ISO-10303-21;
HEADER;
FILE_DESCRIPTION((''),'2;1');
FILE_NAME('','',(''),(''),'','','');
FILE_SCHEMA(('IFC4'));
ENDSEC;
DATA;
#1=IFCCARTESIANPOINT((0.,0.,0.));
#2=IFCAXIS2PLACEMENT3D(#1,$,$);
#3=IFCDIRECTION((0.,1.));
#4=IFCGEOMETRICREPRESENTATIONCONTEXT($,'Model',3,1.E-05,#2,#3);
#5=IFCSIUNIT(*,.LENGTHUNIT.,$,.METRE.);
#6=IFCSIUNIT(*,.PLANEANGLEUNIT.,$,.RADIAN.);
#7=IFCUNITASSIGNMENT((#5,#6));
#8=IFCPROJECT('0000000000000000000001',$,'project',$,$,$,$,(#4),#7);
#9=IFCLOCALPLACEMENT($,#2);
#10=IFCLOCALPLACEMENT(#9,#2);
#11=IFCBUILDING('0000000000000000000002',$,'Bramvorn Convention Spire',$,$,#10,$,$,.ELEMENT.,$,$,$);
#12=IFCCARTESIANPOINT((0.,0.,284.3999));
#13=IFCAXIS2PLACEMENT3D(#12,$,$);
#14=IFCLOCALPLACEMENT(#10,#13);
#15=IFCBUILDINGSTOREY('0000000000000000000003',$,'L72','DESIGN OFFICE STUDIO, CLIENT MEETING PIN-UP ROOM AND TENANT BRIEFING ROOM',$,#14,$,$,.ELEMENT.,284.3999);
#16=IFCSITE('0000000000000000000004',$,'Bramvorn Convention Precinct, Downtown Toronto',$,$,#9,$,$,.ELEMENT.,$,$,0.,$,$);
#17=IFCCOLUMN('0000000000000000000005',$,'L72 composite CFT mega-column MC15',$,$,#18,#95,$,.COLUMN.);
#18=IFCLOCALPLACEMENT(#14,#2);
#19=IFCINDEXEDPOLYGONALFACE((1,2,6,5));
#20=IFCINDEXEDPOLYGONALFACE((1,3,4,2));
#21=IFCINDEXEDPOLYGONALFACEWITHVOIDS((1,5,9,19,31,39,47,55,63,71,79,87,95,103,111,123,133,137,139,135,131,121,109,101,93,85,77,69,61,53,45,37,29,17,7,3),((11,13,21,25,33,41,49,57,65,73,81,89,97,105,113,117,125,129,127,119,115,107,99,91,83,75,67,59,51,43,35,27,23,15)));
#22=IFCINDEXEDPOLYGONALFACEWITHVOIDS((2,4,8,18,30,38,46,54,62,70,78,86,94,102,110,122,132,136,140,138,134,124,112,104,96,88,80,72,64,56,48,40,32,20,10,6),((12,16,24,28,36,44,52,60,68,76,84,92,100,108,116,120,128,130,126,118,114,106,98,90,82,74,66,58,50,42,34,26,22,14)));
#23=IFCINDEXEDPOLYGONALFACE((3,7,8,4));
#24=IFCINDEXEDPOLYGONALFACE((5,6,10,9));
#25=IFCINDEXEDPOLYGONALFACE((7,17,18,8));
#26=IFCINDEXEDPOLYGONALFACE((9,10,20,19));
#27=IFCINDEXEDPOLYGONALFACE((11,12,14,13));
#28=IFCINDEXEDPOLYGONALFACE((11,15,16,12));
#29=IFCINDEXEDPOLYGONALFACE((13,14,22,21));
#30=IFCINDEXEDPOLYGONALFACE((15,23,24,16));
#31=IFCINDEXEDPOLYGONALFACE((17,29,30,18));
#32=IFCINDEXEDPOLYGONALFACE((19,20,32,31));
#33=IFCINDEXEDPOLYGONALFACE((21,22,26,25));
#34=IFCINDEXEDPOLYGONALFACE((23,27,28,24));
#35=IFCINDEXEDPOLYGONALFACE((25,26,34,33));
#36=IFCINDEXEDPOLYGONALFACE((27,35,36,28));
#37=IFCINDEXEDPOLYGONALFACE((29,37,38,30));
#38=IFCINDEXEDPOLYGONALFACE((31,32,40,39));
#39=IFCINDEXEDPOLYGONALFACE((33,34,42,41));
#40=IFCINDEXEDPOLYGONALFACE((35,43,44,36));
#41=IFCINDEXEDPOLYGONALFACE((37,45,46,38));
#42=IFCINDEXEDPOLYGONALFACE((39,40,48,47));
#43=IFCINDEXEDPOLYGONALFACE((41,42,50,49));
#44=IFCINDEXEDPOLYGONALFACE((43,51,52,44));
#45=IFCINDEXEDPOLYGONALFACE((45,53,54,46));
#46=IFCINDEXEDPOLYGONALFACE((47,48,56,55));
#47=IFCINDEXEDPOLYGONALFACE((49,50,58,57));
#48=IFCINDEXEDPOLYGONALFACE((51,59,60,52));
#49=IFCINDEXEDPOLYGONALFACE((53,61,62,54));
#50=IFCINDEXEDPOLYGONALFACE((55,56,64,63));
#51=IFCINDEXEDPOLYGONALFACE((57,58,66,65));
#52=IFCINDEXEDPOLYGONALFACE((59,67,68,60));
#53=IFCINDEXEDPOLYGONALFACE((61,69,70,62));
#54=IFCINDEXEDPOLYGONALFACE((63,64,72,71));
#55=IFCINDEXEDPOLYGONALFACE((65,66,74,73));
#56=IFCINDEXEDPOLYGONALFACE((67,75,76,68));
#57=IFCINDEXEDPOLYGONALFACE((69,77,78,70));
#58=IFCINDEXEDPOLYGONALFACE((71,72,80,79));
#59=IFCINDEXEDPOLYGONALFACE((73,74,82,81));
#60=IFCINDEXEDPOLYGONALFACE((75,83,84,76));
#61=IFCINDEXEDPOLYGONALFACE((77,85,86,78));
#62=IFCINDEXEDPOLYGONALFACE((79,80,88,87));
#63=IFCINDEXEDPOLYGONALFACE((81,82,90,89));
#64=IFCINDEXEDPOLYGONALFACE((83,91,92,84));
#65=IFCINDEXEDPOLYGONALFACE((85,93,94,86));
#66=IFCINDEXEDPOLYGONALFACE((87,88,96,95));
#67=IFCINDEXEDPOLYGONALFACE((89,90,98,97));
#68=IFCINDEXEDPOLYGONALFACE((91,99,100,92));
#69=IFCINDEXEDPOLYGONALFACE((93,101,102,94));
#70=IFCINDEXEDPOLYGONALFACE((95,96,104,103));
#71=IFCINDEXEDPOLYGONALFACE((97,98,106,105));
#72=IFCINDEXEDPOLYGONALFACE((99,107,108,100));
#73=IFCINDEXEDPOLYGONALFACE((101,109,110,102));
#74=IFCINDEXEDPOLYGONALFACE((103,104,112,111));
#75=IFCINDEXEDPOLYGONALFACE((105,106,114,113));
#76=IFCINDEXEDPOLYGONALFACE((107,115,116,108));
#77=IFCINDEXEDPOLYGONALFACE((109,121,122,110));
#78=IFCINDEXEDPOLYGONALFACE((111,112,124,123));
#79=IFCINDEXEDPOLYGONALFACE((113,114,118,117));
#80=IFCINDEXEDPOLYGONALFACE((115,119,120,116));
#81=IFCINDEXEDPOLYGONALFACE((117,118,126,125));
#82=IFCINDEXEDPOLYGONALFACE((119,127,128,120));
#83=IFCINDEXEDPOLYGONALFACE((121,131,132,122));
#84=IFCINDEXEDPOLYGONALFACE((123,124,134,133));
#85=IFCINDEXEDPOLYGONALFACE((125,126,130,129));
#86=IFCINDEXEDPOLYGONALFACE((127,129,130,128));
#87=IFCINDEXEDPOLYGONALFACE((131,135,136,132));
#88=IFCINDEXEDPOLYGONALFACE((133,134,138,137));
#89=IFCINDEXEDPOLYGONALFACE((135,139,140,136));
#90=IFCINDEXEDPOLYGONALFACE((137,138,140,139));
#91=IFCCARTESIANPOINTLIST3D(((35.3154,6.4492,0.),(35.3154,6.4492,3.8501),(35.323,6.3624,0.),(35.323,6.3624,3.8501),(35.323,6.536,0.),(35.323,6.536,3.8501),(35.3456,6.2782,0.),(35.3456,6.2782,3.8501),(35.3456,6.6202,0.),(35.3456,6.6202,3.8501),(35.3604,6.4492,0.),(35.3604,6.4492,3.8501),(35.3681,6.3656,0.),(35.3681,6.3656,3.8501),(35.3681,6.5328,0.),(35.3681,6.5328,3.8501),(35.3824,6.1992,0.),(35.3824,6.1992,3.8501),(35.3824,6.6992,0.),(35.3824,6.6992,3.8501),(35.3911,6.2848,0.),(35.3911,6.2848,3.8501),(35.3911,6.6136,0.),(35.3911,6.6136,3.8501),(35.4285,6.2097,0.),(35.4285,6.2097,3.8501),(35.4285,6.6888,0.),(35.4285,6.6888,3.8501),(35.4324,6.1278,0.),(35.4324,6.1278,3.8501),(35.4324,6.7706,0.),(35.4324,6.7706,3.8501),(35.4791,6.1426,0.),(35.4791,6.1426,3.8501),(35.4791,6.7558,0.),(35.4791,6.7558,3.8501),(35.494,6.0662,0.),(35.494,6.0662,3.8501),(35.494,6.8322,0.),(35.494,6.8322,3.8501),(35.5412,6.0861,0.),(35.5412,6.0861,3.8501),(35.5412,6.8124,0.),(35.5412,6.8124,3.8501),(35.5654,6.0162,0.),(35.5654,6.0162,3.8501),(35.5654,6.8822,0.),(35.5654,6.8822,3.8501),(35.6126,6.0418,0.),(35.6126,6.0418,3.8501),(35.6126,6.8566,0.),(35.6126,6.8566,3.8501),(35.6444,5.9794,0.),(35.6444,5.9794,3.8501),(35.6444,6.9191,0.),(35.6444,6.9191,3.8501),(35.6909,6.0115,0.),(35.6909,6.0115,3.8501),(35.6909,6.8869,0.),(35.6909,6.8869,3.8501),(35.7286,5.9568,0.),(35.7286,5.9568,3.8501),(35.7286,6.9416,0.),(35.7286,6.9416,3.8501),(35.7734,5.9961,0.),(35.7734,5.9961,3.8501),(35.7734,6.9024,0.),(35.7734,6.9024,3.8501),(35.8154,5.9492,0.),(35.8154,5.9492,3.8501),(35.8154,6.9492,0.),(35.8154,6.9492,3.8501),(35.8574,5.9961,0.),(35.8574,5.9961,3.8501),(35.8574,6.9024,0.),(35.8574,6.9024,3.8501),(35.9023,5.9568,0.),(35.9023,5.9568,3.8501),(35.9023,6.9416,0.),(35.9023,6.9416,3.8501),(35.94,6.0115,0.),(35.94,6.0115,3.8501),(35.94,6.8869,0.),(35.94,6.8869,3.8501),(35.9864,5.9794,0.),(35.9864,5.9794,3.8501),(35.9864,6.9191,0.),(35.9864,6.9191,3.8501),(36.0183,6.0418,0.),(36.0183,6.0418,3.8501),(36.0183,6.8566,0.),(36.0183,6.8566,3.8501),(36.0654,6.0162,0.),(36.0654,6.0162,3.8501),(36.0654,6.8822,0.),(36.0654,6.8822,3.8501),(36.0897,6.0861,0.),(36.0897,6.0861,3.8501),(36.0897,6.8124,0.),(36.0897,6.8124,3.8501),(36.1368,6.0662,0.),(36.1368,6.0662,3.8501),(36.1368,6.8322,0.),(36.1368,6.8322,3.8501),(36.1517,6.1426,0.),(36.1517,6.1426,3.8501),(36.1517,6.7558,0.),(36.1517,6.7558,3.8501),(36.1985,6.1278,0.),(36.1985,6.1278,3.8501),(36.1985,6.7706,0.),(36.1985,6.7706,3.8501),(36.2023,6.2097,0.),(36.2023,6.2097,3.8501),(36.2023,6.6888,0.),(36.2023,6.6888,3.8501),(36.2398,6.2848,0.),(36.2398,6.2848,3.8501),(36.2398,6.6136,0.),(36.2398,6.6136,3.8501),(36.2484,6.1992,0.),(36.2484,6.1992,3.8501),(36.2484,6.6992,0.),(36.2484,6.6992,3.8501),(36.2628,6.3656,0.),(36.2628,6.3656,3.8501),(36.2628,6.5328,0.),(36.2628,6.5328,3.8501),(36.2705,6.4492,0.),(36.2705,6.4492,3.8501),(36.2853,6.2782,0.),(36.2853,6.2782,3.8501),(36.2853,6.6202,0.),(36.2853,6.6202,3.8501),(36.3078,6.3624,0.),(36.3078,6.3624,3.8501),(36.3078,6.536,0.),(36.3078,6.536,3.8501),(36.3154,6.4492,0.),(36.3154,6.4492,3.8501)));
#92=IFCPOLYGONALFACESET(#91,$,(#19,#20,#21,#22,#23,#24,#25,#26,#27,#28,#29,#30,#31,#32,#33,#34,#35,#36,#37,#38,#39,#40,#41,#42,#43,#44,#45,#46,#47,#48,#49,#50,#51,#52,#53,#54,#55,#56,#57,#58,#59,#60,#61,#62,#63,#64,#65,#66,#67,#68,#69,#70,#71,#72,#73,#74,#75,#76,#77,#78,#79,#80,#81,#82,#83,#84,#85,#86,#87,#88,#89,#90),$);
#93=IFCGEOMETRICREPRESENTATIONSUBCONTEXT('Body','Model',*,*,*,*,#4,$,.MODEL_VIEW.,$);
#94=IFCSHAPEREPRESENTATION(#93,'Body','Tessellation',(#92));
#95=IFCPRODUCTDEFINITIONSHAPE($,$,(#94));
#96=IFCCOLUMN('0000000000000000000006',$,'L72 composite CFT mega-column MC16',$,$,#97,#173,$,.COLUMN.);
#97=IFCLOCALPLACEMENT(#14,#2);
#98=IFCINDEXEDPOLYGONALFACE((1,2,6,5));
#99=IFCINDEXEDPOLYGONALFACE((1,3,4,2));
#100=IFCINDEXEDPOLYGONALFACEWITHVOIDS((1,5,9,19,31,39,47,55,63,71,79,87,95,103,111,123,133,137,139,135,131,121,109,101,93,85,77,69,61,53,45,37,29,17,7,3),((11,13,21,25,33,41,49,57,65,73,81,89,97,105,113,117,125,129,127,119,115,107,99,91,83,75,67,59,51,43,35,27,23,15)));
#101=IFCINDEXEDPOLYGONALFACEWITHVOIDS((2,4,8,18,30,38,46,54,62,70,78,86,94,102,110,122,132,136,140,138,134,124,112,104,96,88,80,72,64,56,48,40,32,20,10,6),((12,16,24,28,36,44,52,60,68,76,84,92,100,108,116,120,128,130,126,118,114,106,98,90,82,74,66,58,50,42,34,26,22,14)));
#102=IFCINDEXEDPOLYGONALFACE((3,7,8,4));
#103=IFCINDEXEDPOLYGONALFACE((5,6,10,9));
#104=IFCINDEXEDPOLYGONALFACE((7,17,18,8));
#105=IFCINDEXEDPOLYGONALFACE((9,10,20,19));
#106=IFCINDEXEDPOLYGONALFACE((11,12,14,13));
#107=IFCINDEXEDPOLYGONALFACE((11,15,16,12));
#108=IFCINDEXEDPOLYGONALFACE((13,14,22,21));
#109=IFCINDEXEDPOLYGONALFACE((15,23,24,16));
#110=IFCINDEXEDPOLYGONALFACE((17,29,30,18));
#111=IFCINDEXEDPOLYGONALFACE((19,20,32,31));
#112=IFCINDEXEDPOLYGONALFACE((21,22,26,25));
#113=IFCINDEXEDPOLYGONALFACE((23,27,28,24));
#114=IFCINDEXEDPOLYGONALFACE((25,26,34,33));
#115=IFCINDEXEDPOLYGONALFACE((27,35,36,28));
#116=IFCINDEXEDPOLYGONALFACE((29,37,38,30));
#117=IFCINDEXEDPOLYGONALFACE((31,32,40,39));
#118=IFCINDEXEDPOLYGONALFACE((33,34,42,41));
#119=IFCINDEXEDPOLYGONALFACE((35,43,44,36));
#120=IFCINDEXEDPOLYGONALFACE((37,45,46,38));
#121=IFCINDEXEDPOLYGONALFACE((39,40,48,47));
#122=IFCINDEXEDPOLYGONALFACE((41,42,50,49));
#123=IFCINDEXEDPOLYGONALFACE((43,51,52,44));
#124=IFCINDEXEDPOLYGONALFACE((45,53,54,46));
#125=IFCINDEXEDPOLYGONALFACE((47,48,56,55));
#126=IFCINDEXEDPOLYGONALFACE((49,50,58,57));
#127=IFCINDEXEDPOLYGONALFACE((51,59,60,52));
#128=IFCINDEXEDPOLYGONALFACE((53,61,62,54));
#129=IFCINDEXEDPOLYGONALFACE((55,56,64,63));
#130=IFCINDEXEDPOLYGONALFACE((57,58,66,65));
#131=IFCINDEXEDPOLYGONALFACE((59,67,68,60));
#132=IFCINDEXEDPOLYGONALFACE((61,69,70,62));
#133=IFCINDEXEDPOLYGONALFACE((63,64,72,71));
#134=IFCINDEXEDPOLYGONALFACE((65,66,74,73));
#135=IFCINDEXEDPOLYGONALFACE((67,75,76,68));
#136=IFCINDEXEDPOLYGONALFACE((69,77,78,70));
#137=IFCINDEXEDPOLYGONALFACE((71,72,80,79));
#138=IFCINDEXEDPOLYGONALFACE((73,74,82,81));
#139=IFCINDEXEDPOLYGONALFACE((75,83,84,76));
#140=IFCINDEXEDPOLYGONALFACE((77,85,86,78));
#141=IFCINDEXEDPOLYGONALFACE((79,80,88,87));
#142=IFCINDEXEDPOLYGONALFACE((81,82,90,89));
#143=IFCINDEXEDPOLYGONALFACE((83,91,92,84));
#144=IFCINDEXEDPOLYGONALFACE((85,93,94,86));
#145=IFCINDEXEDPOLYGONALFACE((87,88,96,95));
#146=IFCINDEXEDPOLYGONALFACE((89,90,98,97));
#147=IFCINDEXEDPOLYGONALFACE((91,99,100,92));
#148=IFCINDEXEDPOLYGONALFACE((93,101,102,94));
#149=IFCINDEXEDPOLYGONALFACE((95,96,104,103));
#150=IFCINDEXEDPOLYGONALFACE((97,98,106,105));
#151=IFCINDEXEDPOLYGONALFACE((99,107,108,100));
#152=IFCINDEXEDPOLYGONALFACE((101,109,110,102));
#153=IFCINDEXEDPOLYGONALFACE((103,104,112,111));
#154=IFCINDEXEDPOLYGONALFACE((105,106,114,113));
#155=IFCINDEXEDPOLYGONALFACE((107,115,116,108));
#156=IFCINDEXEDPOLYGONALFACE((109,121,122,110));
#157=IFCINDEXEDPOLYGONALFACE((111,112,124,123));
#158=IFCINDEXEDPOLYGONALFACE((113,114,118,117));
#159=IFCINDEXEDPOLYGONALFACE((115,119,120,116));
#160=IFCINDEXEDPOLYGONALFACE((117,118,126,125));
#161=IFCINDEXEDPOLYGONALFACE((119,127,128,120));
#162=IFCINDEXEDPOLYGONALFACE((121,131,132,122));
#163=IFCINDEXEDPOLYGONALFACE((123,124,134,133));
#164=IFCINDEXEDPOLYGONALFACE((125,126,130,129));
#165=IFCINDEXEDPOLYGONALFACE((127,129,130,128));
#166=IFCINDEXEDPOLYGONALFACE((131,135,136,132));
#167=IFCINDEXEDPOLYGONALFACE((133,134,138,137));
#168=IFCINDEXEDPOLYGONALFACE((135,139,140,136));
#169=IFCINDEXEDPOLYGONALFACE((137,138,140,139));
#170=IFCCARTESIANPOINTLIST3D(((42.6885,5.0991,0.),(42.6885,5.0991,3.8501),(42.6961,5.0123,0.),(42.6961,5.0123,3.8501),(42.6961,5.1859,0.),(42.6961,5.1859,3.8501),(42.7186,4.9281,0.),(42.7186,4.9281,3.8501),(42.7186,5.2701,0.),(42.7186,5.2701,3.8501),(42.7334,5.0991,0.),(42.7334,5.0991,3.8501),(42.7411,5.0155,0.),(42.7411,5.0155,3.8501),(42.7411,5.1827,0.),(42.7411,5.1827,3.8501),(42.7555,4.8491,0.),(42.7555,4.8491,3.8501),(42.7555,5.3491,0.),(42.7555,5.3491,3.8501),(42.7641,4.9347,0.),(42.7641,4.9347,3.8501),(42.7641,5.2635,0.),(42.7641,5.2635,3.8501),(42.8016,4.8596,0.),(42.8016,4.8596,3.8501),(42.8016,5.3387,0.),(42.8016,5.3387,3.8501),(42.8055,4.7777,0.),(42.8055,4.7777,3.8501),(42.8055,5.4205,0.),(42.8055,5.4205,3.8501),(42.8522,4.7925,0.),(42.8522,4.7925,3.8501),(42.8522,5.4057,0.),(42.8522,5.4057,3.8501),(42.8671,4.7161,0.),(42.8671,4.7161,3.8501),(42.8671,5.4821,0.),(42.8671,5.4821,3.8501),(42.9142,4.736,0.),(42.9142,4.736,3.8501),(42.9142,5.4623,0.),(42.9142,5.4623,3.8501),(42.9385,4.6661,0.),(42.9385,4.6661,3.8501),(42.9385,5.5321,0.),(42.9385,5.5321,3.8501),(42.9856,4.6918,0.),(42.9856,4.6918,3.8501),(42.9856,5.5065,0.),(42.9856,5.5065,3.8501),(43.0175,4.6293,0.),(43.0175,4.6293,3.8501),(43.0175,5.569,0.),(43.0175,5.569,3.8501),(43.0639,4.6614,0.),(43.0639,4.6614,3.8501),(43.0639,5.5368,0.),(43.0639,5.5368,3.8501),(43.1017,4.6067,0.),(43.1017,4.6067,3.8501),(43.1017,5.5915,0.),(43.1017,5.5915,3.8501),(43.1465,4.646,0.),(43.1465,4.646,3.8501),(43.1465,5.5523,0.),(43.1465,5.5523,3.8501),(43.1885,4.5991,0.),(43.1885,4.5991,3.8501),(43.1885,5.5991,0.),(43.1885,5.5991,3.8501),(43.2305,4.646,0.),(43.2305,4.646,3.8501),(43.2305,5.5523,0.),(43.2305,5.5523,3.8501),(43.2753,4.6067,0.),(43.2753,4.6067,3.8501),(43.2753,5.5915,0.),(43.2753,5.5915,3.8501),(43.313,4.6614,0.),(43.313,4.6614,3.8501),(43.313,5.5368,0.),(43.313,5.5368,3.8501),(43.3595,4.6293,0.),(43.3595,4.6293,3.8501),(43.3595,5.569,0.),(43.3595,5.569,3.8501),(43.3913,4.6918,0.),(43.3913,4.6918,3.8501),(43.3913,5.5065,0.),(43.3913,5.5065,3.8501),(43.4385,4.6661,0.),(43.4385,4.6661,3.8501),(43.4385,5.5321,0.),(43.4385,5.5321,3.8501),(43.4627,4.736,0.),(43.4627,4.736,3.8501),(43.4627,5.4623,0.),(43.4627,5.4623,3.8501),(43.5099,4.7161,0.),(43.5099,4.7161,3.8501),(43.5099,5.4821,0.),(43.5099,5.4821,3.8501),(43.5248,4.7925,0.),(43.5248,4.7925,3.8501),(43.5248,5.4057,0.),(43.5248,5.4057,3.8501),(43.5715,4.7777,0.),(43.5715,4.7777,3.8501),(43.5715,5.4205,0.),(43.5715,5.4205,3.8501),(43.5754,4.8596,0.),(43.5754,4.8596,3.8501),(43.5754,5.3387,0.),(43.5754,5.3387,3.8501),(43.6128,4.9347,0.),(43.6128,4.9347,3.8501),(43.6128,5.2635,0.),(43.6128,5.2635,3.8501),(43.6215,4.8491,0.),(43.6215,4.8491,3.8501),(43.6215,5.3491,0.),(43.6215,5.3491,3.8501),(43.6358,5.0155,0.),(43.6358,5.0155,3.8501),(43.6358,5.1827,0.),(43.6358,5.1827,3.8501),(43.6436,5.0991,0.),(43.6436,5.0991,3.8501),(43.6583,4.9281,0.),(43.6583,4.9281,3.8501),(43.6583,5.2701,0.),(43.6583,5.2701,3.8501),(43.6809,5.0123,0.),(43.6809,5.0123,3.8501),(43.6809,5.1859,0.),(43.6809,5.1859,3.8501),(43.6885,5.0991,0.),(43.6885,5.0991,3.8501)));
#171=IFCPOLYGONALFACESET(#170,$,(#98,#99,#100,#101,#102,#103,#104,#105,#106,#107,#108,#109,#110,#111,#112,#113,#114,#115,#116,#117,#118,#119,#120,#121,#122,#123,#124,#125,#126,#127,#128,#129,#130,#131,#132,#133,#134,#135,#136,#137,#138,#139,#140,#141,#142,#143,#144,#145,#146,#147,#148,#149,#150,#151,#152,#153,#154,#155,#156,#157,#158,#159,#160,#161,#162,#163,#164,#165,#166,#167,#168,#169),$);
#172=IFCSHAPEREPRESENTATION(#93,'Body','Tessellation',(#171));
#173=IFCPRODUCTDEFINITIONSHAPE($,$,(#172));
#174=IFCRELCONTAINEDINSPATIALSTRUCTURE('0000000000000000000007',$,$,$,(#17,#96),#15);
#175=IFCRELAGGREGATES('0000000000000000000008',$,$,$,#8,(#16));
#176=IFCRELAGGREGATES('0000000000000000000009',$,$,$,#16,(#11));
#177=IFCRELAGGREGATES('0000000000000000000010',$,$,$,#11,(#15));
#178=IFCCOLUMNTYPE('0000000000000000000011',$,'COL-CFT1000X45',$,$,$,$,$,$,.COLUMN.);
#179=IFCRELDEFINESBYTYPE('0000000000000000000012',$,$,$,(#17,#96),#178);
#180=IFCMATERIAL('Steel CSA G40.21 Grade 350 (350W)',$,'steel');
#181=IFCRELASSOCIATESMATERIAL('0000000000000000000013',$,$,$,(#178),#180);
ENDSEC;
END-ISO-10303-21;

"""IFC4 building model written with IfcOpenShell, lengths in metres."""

from ifc_helpers import new_model, si_unit, direction, frame, origin, origin_2d, place, context, subcontext, project, spatial, hollow_circle, extrude, material, material_profile, profile_set, type_object, element, save


model = new_model("IFC4")

# Units and contexts
model_context = context("Model", 3, precision=1e-05, world=origin(), true_north=direction((0.0, 1.0)))
body_context = subcontext(model_context, "Body", "Model", "MODEL_VIEW")
ifc_project = project(units=[si_unit("LENGTHUNIT", "METRE"), si_unit("PLANEANGLEUNIT", "RADIAN")], contexts=[model_context])

# Site, building, storey
site_placement = place(None, origin())
site = spatial("IfcSite", under=ifc_project, at=site_placement, Name="Bramvorn Convention Precinct, Downtown Toronto", CompositionType="ELEMENT", RefElevation=0.0)
building_placement = place(site_placement, origin())
building = spatial("IfcBuilding", under=site, at=building_placement, Name="Bramvorn Convention Spire", CompositionType="ELEMENT")
storey_placement = place(building_placement, frame((0.0, 0.0, 284.3999)))
storey = spatial("IfcBuildingStorey", under=building, at=storey_placement, Name="L72", Description="DESIGN OFFICE STUDIO, CLIENT MEETING PIN-UP ROOM AND TENANT BRIEFING ROOM", CompositionType="ELEMENT", Elevation=284.3999)

# Columns
ifc_material_1 = material(Name="Steel CSA G40.21 Grade 350 (350W)", Category="steel")
ifc_material_profile_1 = material_profile(ifc_material_1, hollow_circle(Radius=0.5, WallThickness=0.0449, at=origin_2d()))
ifc_profile_set_1 = profile_set([ifc_material_profile_1], Name="Steel CSA G40.21 Grade 350 (350W) - CFT1000X45")
column_type = type_object("IfcColumnType", Name="COL-CFT1000X45", PredefinedType="COLUMN", material=ifc_profile_set_1)
for number, where, z_axis, x_axis, name in (
    (1, (35.8154, 6.4492, 0.0), (0.0, 0.0, 1.0), (1.0, 0.0, 0.0), "L72 composite CFT mega-column MC15"),
    (2, (43.1885, 5.0991, 0.0), (0.0, 0.0, 1.0), (1.0, 0.0, 0.0), "L72 composite CFT mega-column MC16"),
):
    element("IfcColumn", number, at=place(storey_placement, frame(where, z_axis=z_axis, x_axis=x_axis)), inside=storey, type_object=column_type, Name=name, PredefinedType="COLUMN", context=body_context, shape_type="SweptSolid", body=[
        extrude(hollow_circle(Radius=0.5, WallThickness=0.0449, at=origin_2d()), origin(), (0.0, 0.0, 1.0), 3.8501),
    ])

save(model, "model.ifc")
